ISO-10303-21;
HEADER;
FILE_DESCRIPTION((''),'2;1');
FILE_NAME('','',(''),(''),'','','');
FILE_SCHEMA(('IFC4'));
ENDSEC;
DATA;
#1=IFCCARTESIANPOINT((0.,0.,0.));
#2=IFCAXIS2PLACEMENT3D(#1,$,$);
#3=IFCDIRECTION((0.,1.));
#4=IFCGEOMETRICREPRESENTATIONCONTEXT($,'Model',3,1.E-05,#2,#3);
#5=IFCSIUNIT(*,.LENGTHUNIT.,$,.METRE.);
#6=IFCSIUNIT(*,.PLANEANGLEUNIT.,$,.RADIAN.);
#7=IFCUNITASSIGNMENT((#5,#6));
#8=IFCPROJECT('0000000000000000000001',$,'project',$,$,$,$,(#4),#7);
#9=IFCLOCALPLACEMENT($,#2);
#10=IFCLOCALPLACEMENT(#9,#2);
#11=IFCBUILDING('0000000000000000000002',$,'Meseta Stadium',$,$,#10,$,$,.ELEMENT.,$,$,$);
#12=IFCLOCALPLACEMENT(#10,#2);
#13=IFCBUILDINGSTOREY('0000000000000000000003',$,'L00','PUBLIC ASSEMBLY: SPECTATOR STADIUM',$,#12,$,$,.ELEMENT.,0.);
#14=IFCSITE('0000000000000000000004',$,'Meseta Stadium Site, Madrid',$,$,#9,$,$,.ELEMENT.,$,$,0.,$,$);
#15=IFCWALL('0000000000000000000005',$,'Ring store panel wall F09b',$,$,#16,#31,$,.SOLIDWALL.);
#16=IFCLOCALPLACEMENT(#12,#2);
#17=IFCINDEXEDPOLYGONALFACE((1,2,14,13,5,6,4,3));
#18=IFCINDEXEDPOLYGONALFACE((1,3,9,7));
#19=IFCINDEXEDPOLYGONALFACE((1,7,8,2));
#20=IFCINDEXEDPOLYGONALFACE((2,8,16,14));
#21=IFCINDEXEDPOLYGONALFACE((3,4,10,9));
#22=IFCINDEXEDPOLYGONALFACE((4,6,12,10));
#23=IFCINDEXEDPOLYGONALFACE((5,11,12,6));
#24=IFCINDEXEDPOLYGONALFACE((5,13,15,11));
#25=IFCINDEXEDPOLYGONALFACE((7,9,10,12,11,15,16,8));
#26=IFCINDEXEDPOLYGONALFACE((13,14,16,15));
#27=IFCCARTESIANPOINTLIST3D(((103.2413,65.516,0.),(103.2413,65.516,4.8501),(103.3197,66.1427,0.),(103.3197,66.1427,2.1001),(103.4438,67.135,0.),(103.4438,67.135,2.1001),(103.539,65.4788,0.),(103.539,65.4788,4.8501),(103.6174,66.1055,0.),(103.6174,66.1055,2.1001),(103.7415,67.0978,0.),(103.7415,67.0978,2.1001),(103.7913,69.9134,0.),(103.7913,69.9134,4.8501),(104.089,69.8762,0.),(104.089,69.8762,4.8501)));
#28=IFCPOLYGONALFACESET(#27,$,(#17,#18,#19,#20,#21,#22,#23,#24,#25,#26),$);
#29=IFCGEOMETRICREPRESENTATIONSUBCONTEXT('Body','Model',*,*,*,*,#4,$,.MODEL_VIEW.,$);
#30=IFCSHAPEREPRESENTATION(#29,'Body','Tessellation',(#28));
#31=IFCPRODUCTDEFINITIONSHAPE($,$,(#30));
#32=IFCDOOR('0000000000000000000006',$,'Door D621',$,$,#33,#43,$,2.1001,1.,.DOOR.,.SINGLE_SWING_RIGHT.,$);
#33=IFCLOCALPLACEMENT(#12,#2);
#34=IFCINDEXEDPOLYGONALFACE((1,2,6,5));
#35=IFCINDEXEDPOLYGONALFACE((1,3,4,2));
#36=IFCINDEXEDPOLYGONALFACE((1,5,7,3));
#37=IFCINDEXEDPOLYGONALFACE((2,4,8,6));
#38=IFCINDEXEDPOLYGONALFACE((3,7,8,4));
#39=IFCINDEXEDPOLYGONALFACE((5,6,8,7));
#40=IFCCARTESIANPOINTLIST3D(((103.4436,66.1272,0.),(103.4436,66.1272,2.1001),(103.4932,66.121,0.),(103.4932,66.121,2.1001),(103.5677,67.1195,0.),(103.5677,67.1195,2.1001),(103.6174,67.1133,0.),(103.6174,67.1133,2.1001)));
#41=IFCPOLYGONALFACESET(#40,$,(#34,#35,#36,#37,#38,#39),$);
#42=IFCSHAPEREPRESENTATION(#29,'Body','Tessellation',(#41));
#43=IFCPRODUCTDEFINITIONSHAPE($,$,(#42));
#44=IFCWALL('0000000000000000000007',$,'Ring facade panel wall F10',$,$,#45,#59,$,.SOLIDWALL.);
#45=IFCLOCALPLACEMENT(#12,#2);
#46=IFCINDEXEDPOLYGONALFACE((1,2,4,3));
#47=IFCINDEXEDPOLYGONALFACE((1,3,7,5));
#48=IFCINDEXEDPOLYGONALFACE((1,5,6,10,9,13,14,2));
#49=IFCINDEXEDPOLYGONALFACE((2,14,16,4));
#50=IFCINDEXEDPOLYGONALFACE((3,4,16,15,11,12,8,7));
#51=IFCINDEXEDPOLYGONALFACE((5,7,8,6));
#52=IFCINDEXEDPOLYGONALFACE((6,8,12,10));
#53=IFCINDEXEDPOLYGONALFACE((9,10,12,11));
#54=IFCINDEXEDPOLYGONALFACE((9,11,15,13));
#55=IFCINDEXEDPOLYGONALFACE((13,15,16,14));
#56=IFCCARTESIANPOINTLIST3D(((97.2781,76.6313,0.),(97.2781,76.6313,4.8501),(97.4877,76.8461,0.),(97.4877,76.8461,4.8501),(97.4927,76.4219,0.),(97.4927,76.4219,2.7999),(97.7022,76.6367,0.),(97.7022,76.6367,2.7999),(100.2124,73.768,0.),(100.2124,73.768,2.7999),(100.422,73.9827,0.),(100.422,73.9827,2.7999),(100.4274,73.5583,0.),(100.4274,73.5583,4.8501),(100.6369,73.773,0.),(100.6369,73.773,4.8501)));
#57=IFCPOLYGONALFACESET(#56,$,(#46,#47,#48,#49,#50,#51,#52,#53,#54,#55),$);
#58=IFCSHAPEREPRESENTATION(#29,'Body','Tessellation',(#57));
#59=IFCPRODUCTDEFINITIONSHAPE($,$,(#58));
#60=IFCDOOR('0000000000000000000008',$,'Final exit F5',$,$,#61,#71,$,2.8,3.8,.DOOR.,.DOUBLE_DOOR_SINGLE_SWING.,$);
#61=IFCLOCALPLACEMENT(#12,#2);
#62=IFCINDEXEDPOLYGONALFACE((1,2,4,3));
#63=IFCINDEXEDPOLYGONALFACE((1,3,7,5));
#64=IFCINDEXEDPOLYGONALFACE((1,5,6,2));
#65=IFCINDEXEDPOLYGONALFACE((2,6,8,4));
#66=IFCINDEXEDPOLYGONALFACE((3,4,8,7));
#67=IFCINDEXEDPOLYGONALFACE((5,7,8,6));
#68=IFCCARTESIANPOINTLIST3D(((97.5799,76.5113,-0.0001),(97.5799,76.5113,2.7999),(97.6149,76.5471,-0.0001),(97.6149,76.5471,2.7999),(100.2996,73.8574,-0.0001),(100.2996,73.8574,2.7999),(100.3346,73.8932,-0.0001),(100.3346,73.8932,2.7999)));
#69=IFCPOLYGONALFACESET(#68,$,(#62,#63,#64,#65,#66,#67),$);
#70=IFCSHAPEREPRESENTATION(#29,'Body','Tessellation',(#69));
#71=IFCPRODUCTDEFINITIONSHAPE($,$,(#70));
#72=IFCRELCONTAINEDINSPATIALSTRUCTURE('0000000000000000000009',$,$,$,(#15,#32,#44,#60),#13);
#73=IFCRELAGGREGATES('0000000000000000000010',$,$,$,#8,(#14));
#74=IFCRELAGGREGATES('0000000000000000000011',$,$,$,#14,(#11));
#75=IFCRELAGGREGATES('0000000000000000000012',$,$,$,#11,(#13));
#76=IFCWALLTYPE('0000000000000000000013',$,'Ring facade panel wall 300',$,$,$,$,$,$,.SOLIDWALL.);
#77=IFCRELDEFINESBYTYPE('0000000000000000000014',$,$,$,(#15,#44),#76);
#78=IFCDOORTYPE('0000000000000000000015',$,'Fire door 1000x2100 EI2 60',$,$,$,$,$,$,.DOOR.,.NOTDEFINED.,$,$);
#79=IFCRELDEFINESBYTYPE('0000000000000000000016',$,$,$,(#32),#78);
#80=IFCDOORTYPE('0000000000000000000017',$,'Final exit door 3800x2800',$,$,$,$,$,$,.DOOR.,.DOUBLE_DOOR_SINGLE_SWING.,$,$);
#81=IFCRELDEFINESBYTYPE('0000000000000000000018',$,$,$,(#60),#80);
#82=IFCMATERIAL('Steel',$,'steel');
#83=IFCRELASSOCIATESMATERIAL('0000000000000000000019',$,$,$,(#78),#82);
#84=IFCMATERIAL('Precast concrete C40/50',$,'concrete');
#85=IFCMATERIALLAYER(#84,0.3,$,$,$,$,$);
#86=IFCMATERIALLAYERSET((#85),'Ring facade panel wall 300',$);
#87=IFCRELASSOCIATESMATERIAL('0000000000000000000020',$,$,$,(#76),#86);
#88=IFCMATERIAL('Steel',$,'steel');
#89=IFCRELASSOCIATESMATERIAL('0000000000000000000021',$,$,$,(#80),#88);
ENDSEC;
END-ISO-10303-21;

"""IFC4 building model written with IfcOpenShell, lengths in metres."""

from ifc_helpers import new_model, si_unit, direction, frame, frame_2d, origin, place, context, subcontext, project, spatial, rectangle, extrude, material, layer, layer_set, type_object, element, fill, save


model = new_model("IFC4")

# Units and contexts
model_context = context("Model", 3, precision=1e-05, world=origin(), true_north=direction((0.0, 1.0)))
body_context = subcontext(model_context, "Body", "Model", "MODEL_VIEW")
ifc_project = project(units=[si_unit("LENGTHUNIT", "METRE"), si_unit("PLANEANGLEUNIT", "RADIAN")], contexts=[model_context])

# Site, building, storey
site_placement = place(None, origin())
site = spatial("IfcSite", under=ifc_project, at=site_placement, Name="Meseta Stadium Site, Madrid", CompositionType="ELEMENT", RefElevation=0.0)
building_placement = place(site_placement, origin())
building = spatial("IfcBuilding", under=site, at=building_placement, Name="Meseta Stadium", CompositionType="ELEMENT")
storey_placement = place(building_placement, origin())
storey = spatial("IfcBuildingStorey", under=building, at=storey_placement, Name="L00", Description="PUBLIC ASSEMBLY: SPECTATOR STADIUM", CompositionType="ELEMENT", Elevation=0.0)

# Shared definitions
ifc_material_1 = material(Name="Steel", Category="steel")
door_type_1 = type_object("IfcDoorType", Name="Fire door 1000x2100 EI2 60", OperationType="NOTDEFINED", PredefinedType="DOOR", material=ifc_material_1)

# Walls, openings, doors
ifc_material_2 = material(Name="Precast concrete C40/50", Category="concrete")
ifc_layer_1 = layer(ifc_material_2, 0.3)
ifc_layer_set_1 = layer_set([ifc_layer_1], Name="Ring facade panel wall 300")
wall_type_1 = type_object("IfcWallType", Name="Ring facade panel wall 300", PredefinedType="SOLIDWALL", material=ifc_layer_set_1)
ifc_material_3 = material(Name="Steel", Category="steel")
door_type_2 = type_object("IfcDoorType", Name="Final exit door 3800x2800", OperationType="DOUBLE_DOOR_SINGLE_SWING", PredefinedType="DOOR", material=ifc_material_3)
wall_1_placement = place(storey_placement, frame((103.9402, 69.8948, 0.0), z_axis=(0.0, 0.0, 1.0), x_axis=(-0.124116, -0.992268, 0.0)))
wall_1 = element("IfcWall", 1, at=wall_1_placement, inside=storey, type_object=wall_type_1, Name="Ring store panel wall F09b", PredefinedType="SOLIDWALL", context=body_context, shape_type="SweptSolid", body=[
    extrude(rectangle(XDim=4.4316, YDim=0.3, at=frame_2d((2.2158, 0.0))), origin(), (0.0, 0.0, 1.0), 4.8501),
])
opening_1_placement = place(wall_1_placement, frame((2.8, 0.0, 0.0)))
opening_1 = element("IfcOpeningElement", 2, at=opening_1_placement, cuts=wall_1, PredefinedType="OPENING", context=body_context, shape_type="SweptSolid", body=[
    extrude(rectangle(XDim=1.0, YDim=2.1001, at=frame_2d((0.5, 1.05))), frame((0.0, 0.1599, 0.0), z_axis=(0.0, -1.0, 0.0), x_axis=(1.0, 0.0, 0.0)), (0.0, 0.0, 1.0), 0.3201),
])
door_1_placement = place(opening_1_placement, origin())
door_1 = element("IfcDoor", 3, at=door_1_placement, inside=storey, type_object=door_type_1, Name="Door D621", OperationType="SINGLE_SWING_RIGHT", OverallHeight=2.1001, OverallWidth=1.0, PredefinedType="DOOR", context=body_context, shape_type="SweptSolid", body=[
    extrude(rectangle(XDim=1.0, YDim=2.1001, at=frame_2d((0.5, 1.05))), frame((0.0, 0.0249, 0.0), z_axis=(0.0, -1.0, 0.0), x_axis=(1.0, 0.0, 0.0)), (0.0, 0.0, 1.0), 0.05),
])
fill(opening_1, door_1)
wall_2_placement = place(storey_placement, frame((97.3828, 76.7388, 0.0), z_axis=(0.0, 0.0, 1.0), x_axis=(0.71571, -0.698398, 0.0)))
wall_2 = element("IfcWall", 4, at=wall_2_placement, inside=storey, type_object=wall_type_1, Name="Ring facade panel wall F10", PredefinedType="SOLIDWALL", context=body_context, shape_type="SweptSolid", body=[
    extrude(rectangle(XDim=4.4001, YDim=0.3, at=frame_2d((2.2002, 0.0))), origin(), (0.0, 0.0, 1.0), 4.8501),
])
opening_2_placement = place(wall_2_placement, frame((0.3, 0.0, 0.0)))
opening_2 = element("IfcOpeningElement", 5, at=opening_2_placement, cuts=wall_2, PredefinedType="OPENING", context=body_context, shape_type="SweptSolid", body=[
    extrude(rectangle(XDim=3.8, YDim=2.8, at=frame_2d((1.8999, 1.3999))), frame((0.0, 0.1599, 0.0), z_axis=(0.0, -1.0, 0.0), x_axis=(1.0, 0.0, 0.0)), (0.0, 0.0, 1.0), 0.3201),
])
door_2_placement = place(opening_2_placement, origin())
door_2 = element("IfcDoor", 6, at=door_2_placement, inside=storey, type_object=door_type_2, Name="Final exit F5", OperationType="DOUBLE_DOOR_SINGLE_SWING", OverallHeight=2.8, OverallWidth=3.8, PredefinedType="DOOR", context=body_context, shape_type="SweptSolid", body=[
    extrude(rectangle(XDim=3.8, YDim=2.8, at=frame_2d((1.8999, 1.3999))), frame((0.0, 0.0249, 0.0), z_axis=(0.0, -1.0, 0.0), x_axis=(1.0, 0.0, 0.0)), (0.0, 0.0, 1.0), 0.05),
])
fill(opening_2, door_2)

save(model, "model.ifc")
